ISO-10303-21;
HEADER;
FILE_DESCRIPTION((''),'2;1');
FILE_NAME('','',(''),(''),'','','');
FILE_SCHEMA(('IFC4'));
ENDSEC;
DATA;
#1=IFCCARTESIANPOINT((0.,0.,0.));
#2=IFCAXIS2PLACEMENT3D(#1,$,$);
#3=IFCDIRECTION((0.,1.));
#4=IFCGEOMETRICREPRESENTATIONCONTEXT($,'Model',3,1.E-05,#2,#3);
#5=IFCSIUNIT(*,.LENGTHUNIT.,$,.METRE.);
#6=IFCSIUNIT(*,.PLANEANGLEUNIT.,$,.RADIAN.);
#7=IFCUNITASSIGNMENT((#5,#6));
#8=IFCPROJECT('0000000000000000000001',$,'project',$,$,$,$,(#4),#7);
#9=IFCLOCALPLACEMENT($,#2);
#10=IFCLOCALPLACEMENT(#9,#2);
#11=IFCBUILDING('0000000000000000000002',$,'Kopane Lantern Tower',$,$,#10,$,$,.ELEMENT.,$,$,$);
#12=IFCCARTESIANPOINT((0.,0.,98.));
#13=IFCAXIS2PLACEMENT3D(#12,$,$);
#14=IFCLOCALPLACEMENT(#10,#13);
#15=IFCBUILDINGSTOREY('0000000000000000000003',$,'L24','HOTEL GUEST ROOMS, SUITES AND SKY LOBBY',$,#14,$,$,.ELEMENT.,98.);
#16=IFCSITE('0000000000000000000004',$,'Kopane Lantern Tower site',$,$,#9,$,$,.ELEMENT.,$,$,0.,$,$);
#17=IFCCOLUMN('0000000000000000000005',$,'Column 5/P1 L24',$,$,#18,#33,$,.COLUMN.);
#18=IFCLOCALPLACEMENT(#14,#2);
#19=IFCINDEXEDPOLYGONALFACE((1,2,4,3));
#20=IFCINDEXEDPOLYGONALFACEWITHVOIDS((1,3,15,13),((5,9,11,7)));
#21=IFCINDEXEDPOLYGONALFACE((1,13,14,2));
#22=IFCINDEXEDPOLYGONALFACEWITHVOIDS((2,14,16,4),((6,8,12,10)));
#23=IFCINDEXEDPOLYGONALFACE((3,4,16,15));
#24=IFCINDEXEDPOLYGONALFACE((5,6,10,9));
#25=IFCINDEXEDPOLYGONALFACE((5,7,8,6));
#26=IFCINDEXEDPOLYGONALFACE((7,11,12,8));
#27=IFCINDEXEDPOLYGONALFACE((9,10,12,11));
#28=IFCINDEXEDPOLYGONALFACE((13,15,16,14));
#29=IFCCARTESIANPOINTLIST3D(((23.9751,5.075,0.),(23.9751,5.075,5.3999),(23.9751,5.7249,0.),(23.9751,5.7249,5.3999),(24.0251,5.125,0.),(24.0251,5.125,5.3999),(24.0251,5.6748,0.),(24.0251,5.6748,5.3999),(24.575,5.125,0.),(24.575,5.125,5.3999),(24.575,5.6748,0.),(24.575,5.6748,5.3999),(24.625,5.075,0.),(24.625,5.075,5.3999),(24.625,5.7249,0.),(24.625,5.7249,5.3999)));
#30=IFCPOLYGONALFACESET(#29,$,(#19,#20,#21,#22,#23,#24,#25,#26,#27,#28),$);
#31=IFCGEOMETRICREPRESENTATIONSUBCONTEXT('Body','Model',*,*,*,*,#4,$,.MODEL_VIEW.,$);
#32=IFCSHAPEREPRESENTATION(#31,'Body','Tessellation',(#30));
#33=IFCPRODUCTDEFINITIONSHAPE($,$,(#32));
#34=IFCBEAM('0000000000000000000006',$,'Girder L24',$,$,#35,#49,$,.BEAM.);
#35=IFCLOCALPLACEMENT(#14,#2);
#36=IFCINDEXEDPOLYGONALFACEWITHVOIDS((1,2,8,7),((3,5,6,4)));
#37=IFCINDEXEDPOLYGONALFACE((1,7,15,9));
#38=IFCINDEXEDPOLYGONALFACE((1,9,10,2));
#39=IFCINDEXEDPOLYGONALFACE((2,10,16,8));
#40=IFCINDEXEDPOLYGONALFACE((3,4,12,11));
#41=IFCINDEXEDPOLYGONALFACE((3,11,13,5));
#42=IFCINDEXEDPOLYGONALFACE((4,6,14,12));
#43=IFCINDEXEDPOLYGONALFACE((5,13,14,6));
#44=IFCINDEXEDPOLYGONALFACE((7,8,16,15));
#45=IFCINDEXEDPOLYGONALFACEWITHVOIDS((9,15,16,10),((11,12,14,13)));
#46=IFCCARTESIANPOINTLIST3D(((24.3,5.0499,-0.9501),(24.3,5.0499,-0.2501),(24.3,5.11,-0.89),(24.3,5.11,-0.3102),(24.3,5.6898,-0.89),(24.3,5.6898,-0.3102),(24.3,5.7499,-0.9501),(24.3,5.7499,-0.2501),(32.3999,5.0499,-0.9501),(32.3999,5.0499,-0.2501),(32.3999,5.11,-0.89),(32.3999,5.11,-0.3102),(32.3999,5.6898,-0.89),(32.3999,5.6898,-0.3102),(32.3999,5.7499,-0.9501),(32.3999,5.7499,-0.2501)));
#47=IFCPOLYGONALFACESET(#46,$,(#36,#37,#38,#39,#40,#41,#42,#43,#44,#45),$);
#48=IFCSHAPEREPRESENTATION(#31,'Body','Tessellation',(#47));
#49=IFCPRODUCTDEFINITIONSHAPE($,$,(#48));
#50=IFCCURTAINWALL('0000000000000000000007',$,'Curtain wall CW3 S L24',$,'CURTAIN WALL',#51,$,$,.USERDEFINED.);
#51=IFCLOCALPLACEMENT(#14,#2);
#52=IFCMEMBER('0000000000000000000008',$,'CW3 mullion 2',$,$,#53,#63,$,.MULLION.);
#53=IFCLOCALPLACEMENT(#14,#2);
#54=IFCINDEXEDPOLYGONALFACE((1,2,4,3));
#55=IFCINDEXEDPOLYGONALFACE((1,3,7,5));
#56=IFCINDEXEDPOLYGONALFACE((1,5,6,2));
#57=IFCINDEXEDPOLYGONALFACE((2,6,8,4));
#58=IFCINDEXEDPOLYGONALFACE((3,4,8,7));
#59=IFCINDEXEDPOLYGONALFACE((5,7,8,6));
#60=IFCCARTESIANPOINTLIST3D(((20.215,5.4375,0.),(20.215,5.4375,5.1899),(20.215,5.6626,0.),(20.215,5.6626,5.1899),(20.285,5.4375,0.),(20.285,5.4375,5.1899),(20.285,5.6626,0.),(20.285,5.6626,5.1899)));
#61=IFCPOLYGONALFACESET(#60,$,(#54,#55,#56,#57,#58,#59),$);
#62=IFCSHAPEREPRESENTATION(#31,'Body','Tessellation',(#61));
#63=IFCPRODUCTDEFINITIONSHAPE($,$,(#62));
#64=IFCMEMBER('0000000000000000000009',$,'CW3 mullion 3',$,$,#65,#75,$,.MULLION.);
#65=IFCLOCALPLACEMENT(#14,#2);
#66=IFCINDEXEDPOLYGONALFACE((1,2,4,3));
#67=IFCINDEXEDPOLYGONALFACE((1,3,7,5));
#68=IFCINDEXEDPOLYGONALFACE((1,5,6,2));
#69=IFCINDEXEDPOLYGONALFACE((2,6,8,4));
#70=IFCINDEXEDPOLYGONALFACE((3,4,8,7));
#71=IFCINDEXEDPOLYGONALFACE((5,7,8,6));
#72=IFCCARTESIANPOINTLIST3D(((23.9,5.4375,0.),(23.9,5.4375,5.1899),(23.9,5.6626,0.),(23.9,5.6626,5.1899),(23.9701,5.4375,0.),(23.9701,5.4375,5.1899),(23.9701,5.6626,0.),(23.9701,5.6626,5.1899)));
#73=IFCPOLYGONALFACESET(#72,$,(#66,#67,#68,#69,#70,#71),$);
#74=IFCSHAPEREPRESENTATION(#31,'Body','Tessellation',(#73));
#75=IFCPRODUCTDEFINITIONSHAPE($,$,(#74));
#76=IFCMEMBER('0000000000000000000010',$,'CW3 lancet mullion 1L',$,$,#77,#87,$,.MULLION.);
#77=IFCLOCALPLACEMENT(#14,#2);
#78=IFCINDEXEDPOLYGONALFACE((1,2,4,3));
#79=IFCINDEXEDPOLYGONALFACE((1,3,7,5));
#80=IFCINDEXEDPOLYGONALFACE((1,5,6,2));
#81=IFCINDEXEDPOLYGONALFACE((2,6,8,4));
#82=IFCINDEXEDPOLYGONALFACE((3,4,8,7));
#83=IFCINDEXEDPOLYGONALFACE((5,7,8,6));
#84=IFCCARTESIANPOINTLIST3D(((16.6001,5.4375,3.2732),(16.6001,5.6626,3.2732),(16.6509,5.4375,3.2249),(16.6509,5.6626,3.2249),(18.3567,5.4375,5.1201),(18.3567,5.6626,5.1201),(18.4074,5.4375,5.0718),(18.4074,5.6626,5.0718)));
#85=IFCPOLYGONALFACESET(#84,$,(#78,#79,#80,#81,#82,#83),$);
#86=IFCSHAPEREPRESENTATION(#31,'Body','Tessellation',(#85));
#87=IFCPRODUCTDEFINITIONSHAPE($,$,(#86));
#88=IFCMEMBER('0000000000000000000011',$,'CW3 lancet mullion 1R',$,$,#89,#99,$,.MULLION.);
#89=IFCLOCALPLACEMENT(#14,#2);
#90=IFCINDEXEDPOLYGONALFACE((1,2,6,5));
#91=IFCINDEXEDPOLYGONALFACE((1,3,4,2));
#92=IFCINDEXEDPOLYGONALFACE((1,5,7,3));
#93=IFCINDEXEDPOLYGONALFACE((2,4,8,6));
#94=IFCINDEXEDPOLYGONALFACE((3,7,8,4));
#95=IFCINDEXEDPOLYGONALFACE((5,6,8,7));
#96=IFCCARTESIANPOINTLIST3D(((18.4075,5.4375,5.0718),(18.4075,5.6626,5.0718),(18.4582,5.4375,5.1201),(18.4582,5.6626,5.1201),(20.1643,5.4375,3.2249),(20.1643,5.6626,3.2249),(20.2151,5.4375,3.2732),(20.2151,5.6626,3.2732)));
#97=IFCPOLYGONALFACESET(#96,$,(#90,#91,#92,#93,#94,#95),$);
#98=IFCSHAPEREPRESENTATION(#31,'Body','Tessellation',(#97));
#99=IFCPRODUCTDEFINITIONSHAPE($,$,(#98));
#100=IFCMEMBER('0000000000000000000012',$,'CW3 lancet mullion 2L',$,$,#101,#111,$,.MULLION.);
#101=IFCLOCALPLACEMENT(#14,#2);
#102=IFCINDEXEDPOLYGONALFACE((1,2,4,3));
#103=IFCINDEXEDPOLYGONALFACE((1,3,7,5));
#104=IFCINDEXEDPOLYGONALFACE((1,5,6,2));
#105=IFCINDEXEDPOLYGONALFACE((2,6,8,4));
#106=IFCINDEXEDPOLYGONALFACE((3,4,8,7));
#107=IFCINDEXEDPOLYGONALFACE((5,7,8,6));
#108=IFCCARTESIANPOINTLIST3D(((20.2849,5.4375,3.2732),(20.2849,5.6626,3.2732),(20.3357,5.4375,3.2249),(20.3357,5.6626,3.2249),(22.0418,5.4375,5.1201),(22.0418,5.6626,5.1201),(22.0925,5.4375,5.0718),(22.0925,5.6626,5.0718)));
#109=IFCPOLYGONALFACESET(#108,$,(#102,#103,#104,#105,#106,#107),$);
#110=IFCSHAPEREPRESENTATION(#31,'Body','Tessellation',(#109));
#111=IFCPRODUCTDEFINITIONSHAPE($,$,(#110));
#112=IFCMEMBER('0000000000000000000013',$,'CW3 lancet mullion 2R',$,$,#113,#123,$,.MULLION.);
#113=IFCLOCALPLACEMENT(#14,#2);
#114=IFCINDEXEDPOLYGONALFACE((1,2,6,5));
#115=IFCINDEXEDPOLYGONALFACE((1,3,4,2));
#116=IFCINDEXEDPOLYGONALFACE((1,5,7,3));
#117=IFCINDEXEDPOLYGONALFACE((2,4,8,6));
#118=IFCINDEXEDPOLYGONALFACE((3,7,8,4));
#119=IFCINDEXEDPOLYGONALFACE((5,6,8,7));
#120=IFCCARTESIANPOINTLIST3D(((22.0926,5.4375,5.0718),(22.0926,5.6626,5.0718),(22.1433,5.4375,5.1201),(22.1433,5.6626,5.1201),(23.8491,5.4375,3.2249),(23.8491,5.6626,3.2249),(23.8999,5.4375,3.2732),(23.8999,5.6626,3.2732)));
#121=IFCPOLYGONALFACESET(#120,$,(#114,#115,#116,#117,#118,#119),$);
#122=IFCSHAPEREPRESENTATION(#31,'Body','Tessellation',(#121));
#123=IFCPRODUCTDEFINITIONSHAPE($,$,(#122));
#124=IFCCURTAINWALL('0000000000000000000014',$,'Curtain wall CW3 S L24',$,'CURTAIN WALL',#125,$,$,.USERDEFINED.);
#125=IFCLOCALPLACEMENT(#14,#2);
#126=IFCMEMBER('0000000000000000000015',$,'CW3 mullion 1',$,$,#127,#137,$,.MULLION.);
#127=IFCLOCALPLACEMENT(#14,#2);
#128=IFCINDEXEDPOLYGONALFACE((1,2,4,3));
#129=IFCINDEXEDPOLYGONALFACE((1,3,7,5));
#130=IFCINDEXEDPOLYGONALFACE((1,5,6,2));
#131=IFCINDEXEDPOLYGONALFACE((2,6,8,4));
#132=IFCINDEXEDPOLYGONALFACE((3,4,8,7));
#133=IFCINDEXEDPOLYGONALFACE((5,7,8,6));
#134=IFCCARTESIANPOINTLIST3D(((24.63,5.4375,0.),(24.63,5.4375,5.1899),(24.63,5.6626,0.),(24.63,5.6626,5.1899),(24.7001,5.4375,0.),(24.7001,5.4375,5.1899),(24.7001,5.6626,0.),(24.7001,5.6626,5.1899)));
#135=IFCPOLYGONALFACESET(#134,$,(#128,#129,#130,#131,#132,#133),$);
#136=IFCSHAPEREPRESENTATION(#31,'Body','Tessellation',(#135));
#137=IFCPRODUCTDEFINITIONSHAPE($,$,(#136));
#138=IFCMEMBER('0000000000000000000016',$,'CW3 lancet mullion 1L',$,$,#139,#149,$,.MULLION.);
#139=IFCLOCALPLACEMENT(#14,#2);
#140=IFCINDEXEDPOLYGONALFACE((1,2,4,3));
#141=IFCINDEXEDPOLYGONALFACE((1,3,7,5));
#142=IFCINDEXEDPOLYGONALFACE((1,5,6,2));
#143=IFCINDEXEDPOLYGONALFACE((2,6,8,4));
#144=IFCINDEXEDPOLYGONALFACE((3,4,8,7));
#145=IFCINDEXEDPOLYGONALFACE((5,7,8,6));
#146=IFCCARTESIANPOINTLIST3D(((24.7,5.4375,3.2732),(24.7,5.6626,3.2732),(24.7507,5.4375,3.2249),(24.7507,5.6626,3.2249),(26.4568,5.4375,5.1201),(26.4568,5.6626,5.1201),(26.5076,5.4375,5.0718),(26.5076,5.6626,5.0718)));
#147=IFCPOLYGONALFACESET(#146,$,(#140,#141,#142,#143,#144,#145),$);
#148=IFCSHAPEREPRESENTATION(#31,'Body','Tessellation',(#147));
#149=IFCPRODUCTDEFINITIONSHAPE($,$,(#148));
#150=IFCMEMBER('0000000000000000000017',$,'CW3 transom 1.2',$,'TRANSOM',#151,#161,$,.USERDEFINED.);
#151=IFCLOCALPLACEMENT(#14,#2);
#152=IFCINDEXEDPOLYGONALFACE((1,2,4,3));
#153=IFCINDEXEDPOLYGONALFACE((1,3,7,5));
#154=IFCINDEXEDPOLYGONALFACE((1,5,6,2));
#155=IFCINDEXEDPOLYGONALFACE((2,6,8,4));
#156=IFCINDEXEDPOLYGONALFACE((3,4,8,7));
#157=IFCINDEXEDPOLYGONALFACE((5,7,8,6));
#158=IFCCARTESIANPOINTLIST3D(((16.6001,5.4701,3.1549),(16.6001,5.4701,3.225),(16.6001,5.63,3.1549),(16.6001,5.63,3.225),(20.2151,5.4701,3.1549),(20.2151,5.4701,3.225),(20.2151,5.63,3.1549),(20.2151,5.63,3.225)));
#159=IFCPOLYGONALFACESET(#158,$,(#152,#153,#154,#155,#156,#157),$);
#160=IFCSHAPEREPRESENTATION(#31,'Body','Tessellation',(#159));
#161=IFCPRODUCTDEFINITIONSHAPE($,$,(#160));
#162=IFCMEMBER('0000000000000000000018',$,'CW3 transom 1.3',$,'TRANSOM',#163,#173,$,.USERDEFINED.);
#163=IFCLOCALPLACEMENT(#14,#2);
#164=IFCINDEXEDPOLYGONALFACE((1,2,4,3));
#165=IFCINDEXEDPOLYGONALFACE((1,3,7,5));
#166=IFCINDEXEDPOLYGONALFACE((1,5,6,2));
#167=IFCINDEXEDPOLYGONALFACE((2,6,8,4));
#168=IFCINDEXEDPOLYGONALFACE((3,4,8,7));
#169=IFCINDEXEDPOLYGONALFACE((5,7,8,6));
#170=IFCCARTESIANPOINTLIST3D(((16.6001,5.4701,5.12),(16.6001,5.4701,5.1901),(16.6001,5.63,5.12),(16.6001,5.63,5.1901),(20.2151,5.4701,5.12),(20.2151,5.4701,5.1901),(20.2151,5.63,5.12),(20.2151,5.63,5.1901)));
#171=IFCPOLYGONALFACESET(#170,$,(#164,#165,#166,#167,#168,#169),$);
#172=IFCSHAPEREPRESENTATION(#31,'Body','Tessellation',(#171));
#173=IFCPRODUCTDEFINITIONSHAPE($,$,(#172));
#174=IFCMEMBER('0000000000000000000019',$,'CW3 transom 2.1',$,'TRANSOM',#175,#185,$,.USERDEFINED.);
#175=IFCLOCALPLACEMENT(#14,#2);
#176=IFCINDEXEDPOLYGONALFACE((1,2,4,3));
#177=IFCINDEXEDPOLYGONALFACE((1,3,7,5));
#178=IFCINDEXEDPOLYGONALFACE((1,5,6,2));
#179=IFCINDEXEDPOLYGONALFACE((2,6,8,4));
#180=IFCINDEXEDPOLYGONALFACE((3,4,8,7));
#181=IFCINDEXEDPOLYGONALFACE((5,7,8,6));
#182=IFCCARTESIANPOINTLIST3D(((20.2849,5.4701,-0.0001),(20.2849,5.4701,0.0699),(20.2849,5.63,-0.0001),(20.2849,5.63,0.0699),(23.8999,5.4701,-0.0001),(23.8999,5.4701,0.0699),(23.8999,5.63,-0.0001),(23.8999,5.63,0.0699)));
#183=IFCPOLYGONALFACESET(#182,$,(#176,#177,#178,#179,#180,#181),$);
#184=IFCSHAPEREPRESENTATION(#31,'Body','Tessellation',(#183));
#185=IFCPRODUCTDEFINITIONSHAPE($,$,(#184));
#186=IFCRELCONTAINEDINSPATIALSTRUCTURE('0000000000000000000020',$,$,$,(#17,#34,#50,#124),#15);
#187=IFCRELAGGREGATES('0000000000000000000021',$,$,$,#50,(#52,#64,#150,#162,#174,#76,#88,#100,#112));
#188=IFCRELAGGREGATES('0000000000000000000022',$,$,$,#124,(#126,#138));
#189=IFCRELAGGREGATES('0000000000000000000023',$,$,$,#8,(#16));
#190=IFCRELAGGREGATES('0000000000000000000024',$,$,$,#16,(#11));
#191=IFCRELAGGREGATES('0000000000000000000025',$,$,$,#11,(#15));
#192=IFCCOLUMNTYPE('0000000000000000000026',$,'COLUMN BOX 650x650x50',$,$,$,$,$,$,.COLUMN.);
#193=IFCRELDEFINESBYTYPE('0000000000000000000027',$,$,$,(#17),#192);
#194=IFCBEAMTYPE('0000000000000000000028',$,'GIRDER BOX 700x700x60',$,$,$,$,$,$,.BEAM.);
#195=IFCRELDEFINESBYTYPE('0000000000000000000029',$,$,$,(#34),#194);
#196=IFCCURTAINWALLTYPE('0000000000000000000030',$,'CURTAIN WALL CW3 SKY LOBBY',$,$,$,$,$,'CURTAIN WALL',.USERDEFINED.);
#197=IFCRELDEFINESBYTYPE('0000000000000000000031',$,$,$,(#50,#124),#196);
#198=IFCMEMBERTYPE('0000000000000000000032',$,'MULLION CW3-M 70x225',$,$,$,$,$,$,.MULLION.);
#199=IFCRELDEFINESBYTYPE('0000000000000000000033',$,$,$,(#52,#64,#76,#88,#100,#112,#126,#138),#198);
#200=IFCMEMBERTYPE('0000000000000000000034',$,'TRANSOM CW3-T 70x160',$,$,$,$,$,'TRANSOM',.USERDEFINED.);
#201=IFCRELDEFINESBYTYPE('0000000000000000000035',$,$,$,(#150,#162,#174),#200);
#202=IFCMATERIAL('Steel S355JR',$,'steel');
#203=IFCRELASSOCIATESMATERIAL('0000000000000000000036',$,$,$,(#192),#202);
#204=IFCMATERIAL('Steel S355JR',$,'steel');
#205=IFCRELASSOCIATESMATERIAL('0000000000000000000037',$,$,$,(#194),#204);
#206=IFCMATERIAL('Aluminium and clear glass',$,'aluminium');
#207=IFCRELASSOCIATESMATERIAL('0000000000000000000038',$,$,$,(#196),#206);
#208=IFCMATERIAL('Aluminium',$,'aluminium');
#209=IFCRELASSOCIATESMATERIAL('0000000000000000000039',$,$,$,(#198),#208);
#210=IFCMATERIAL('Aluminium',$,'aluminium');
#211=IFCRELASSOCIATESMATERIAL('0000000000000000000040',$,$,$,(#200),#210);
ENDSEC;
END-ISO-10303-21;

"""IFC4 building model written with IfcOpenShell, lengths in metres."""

from ifc_helpers import new_model, si_unit, direction, frame, origin, origin_2d, place, context, subcontext, project, spatial, rectangle, hollow_rectangle, extrude, material, material_profile, profile_set, type_object, element, aggregate, save


model = new_model("IFC4")

# Units and contexts
model_context = context("Model", 3, precision=1e-05, world=origin(), true_north=direction((0.0, 1.0)))
body_context = subcontext(model_context, "Body", "Model", "MODEL_VIEW")
ifc_project = project(units=[si_unit("LENGTHUNIT", "METRE"), si_unit("PLANEANGLEUNIT", "RADIAN")], contexts=[model_context])

# Site, building, storey
site_placement = place(None, origin())
site = spatial("IfcSite", under=ifc_project, at=site_placement, Name="Kopane Lantern Tower site", CompositionType="ELEMENT", RefElevation=0.0)
building_placement = place(site_placement, origin())
building = spatial("IfcBuilding", under=site, at=building_placement, Name="Kopane Lantern Tower", CompositionType="ELEMENT")
storey_placement = place(building_placement, frame((0.0, 0.0, 98.0)))
storey = spatial("IfcBuildingStorey", under=building, at=storey_placement, Name="L24", Description="HOTEL GUEST ROOMS, SUITES AND SKY LOBBY", CompositionType="ELEMENT", Elevation=98.0)

# Column
ifc_material_1 = material(Name="Steel S355JR", Category="steel")
ifc_material_profile_1 = material_profile(ifc_material_1, hollow_rectangle(XDim=0.6499, YDim=0.6499, WallThickness=0.05, at=origin_2d()), Name="BOX 650x650x50")
ifc_profile_set_1 = profile_set([ifc_material_profile_1], Name="Steel S355JR")
column_type = type_object("IfcColumnType", Name="COLUMN BOX 650x650x50", PredefinedType="COLUMN", material=ifc_profile_set_1)
column_placement = place(storey_placement, frame((24.3, 5.3999, 0.0), z_axis=(0.0, 0.0, 1.0), x_axis=(1.0, 0.0, 0.0)))
element("IfcColumn", 1, at=column_placement, inside=storey, type_object=column_type, Name="Column 5/P1 L24", PredefinedType="COLUMN", context=body_context, shape_type="SweptSolid", body=[
    extrude(hollow_rectangle(XDim=0.6499, YDim=0.6499, WallThickness=0.05, at=origin_2d()), origin(), (0.0, 0.0, 1.0), 5.3999),
])

# Beam
ifc_material_2 = material(Name="Steel S355JR", Category="steel")
ifc_material_profile_2 = material_profile(ifc_material_2, hollow_rectangle(XDim=0.7, YDim=0.7, WallThickness=0.0601, at=origin_2d()), Name="BOX 700x700x60")
ifc_profile_set_2 = profile_set([ifc_material_profile_2], Name="Steel S355JR")
beam_type = type_object("IfcBeamType", Name="GIRDER BOX 700x700x60", PredefinedType="BEAM", material=ifc_profile_set_2)
beam_placement = place(storey_placement, frame((24.3, 5.3999, -0.6001), z_axis=(1.0, 0.0, 0.0), x_axis=(0.0, 1.0, 0.0)))
element("IfcBeam", 2, at=beam_placement, inside=storey, type_object=beam_type, Name="Girder L24", PredefinedType="BEAM", context=body_context, shape_type="SweptSolid", body=[
    extrude(hollow_rectangle(XDim=0.7, YDim=0.7, WallThickness=0.0601, at=origin_2d()), origin(), (0.0, 0.0, 1.0), 8.0999),
])

# Curtain walls, members
ifc_material_3 = material(Name="Aluminium and clear glass", Category="aluminium")
curtain_wall_type = type_object("IfcCurtainWallType", Name="CURTAIN WALL CW3 SKY LOBBY", ElementType="CURTAIN WALL", PredefinedType="USERDEFINED", material=ifc_material_3)
curtain_wall_1_placement = place(storey_placement, origin())
curtain_wall_1 = element("IfcCurtainWall", 3, at=curtain_wall_1_placement, inside=storey, type_object=curtain_wall_type, Name="Curtain wall CW3 S L24", ObjectType="CURTAIN WALL", PredefinedType="USERDEFINED")
ifc_material_4 = material(Name="Aluminium", Category="aluminium")
ifc_material_profile_3 = material_profile(ifc_material_4, rectangle(XDim=0.0701, YDim=0.2251, at=origin_2d()), Name="AL 70x225")
ifc_profile_set_3 = profile_set([ifc_material_profile_3], Name="Aluminium")
member_type_1 = type_object("IfcMemberType", Name="MULLION CW3-M 70x225", PredefinedType="MULLION", material=ifc_profile_set_3)
member_1_placement = place(storey_placement, frame((20.25, 5.55, 0.0), z_axis=(0.0, 0.0, 1.0), x_axis=(1.0, 0.0, 0.0)))
member_1 = element("IfcMember", 4, at=member_1_placement, type_object=member_type_1, Name="CW3 mullion 2", PredefinedType="MULLION", context=body_context, shape_type="SweptSolid", body=[
    extrude(rectangle(XDim=0.0701, YDim=0.2251, at=origin_2d()), origin(), (0.0, 0.0, 1.0), 5.1899),
])
member_2_placement = place(storey_placement, frame((23.9351, 5.55, 0.0), z_axis=(0.0, 0.0, 1.0), x_axis=(1.0, 0.0, 0.0)))
member_2 = element("IfcMember", 5, at=member_2_placement, type_object=member_type_1, Name="CW3 mullion 3", PredefinedType="MULLION", context=body_context, shape_type="SweptSolid", body=[
    extrude(rectangle(XDim=0.0701, YDim=0.2251, at=origin_2d()), origin(), (0.0, 0.0, 1.0), 5.1899),
])
member_3_placement = place(storey_placement, frame((16.6255, 5.55, 3.249), z_axis=(0.689165, 0.0, 0.724605), x_axis=(-0.724605, 0.0, 0.689165)))
member_3 = element("IfcMember", 6, at=member_3_placement, type_object=member_type_1, Name="CW3 lancet mullion 1L", PredefinedType="MULLION", context=body_context, shape_type="SweptSolid", body=[
    extrude(rectangle(XDim=0.0701, YDim=0.2251, at=origin_2d()), origin(), (0.0, 0.0, 1.0), 2.5488),
])
member_4_placement = place(storey_placement, frame((20.1897, 5.55, 3.249), z_axis=(-0.689215, 0.0, 0.724557), x_axis=(0.724557, 0.0, 0.689215)))
member_4 = element("IfcMember", 7, at=member_4_placement, type_object=member_type_1, Name="CW3 lancet mullion 1R", PredefinedType="MULLION", context=body_context, shape_type="SweptSolid", body=[
    extrude(rectangle(XDim=0.0701, YDim=0.2251, at=origin_2d()), origin(), (0.0, 0.0, 1.0), 2.5491),
])
member_5_placement = place(storey_placement, frame((20.3103, 5.55, 3.249), z_axis=(0.689215, 0.0, 0.724557), x_axis=(-0.724557, 0.0, 0.689215)))
member_5 = element("IfcMember", 8, at=member_5_placement, type_object=member_type_1, Name="CW3 lancet mullion 2L", PredefinedType="MULLION", context=body_context, shape_type="SweptSolid", body=[
    extrude(rectangle(XDim=0.0701, YDim=0.2251, at=origin_2d()), origin(), (0.0, 0.0, 1.0), 2.5491),
])
member_6_placement = place(storey_placement, frame((23.8745, 5.55, 3.249), z_axis=(-0.689165, 0.0, 0.724605), x_axis=(0.724605, 0.0, 0.689165)))
member_6 = element("IfcMember", 9, at=member_6_placement, type_object=member_type_1, Name="CW3 lancet mullion 2R", PredefinedType="MULLION", context=body_context, shape_type="SweptSolid", body=[
    extrude(rectangle(XDim=0.0701, YDim=0.2251, at=origin_2d()), origin(), (0.0, 0.0, 1.0), 2.5488),
])
curtain_wall_2_placement = place(storey_placement, origin())
curtain_wall_2 = element("IfcCurtainWall", 10, at=curtain_wall_2_placement, inside=storey, type_object=curtain_wall_type, Name="Curtain wall CW3 S L24", ObjectType="CURTAIN WALL", PredefinedType="USERDEFINED")
member_7_placement = place(storey_placement, frame((24.665, 5.55, 0.0), z_axis=(0.0, 0.0, 1.0), x_axis=(1.0, 0.0, 0.0)))
member_7 = element("IfcMember", 11, at=member_7_placement, type_object=member_type_1, Name="CW3 mullion 1", PredefinedType="MULLION", context=body_context, shape_type="SweptSolid", body=[
    extrude(rectangle(XDim=0.0701, YDim=0.2251, at=origin_2d()), origin(), (0.0, 0.0, 1.0), 5.1899),
])
member_8_placement = place(storey_placement, frame((24.7253, 5.55, 3.249), z_axis=(0.689215, 0.0, 0.724557), x_axis=(-0.724557, 0.0, 0.689215)))
member_8 = element("IfcMember", 12, at=member_8_placement, type_object=member_type_1, Name="CW3 lancet mullion 1L", PredefinedType="MULLION", context=body_context, shape_type="SweptSolid", body=[
    extrude(rectangle(XDim=0.0701, YDim=0.2251, at=origin_2d()), origin(), (0.0, 0.0, 1.0), 2.5491),
])

# Members
ifc_material_5 = material(Name="Aluminium", Category="aluminium")
ifc_material_profile_4 = material_profile(ifc_material_5, rectangle(XDim=0.1599, YDim=0.0701, at=origin_2d()), Name="AL 160x70")
ifc_profile_set_4 = profile_set([ifc_material_profile_4], Name="Aluminium")
member_type_2 = type_object("IfcMemberType", Name="TRANSOM CW3-T 70x160", ElementType="TRANSOM", PredefinedType="USERDEFINED", material=ifc_profile_set_4)
member_9_placement = place(storey_placement, frame((16.6001, 5.55, 3.1899), z_axis=(1.0, 0.0, 0.0), x_axis=(0.0, 1.0, 0.0)))
member_9 = element("IfcMember", 13, at=member_9_placement, type_object=member_type_2, Name="CW3 transom 1.2", ObjectType="TRANSOM", PredefinedType="USERDEFINED", context=body_context, shape_type="SweptSolid", body=[
    extrude(rectangle(XDim=0.1599, YDim=0.0701, at=origin_2d()), origin(), (0.0, 0.0, 1.0), 3.615),
])
member_10_placement = place(storey_placement, frame((16.6001, 5.55, 5.155), z_axis=(1.0, 0.0, 0.0), x_axis=(0.0, 1.0, 0.0)))
member_10 = element("IfcMember", 14, at=member_10_placement, type_object=member_type_2, Name="CW3 transom 1.3", ObjectType="TRANSOM", PredefinedType="USERDEFINED", context=body_context, shape_type="SweptSolid", body=[
    extrude(rectangle(XDim=0.1599, YDim=0.0701, at=origin_2d()), origin(), (0.0, 0.0, 1.0), 3.615),
])
member_11_placement = place(storey_placement, frame((20.2849, 5.55, 0.0349), z_axis=(1.0, 0.0, 0.0), x_axis=(0.0, 1.0, 0.0)))
member_11 = element("IfcMember", 15, at=member_11_placement, type_object=member_type_2, Name="CW3 transom 2.1", ObjectType="TRANSOM", PredefinedType="USERDEFINED", context=body_context, shape_type="SweptSolid", body=[
    extrude(rectangle(XDim=0.1599, YDim=0.0701, at=origin_2d()), origin(), (0.0, 0.0, 1.0), 3.615),
])

aggregate(curtain_wall_1, [member_1, member_2, member_9, member_10, member_11, member_3, member_4, member_5, member_6])
aggregate(curtain_wall_2, [member_7, member_8])

save(model, "model.ifc")
